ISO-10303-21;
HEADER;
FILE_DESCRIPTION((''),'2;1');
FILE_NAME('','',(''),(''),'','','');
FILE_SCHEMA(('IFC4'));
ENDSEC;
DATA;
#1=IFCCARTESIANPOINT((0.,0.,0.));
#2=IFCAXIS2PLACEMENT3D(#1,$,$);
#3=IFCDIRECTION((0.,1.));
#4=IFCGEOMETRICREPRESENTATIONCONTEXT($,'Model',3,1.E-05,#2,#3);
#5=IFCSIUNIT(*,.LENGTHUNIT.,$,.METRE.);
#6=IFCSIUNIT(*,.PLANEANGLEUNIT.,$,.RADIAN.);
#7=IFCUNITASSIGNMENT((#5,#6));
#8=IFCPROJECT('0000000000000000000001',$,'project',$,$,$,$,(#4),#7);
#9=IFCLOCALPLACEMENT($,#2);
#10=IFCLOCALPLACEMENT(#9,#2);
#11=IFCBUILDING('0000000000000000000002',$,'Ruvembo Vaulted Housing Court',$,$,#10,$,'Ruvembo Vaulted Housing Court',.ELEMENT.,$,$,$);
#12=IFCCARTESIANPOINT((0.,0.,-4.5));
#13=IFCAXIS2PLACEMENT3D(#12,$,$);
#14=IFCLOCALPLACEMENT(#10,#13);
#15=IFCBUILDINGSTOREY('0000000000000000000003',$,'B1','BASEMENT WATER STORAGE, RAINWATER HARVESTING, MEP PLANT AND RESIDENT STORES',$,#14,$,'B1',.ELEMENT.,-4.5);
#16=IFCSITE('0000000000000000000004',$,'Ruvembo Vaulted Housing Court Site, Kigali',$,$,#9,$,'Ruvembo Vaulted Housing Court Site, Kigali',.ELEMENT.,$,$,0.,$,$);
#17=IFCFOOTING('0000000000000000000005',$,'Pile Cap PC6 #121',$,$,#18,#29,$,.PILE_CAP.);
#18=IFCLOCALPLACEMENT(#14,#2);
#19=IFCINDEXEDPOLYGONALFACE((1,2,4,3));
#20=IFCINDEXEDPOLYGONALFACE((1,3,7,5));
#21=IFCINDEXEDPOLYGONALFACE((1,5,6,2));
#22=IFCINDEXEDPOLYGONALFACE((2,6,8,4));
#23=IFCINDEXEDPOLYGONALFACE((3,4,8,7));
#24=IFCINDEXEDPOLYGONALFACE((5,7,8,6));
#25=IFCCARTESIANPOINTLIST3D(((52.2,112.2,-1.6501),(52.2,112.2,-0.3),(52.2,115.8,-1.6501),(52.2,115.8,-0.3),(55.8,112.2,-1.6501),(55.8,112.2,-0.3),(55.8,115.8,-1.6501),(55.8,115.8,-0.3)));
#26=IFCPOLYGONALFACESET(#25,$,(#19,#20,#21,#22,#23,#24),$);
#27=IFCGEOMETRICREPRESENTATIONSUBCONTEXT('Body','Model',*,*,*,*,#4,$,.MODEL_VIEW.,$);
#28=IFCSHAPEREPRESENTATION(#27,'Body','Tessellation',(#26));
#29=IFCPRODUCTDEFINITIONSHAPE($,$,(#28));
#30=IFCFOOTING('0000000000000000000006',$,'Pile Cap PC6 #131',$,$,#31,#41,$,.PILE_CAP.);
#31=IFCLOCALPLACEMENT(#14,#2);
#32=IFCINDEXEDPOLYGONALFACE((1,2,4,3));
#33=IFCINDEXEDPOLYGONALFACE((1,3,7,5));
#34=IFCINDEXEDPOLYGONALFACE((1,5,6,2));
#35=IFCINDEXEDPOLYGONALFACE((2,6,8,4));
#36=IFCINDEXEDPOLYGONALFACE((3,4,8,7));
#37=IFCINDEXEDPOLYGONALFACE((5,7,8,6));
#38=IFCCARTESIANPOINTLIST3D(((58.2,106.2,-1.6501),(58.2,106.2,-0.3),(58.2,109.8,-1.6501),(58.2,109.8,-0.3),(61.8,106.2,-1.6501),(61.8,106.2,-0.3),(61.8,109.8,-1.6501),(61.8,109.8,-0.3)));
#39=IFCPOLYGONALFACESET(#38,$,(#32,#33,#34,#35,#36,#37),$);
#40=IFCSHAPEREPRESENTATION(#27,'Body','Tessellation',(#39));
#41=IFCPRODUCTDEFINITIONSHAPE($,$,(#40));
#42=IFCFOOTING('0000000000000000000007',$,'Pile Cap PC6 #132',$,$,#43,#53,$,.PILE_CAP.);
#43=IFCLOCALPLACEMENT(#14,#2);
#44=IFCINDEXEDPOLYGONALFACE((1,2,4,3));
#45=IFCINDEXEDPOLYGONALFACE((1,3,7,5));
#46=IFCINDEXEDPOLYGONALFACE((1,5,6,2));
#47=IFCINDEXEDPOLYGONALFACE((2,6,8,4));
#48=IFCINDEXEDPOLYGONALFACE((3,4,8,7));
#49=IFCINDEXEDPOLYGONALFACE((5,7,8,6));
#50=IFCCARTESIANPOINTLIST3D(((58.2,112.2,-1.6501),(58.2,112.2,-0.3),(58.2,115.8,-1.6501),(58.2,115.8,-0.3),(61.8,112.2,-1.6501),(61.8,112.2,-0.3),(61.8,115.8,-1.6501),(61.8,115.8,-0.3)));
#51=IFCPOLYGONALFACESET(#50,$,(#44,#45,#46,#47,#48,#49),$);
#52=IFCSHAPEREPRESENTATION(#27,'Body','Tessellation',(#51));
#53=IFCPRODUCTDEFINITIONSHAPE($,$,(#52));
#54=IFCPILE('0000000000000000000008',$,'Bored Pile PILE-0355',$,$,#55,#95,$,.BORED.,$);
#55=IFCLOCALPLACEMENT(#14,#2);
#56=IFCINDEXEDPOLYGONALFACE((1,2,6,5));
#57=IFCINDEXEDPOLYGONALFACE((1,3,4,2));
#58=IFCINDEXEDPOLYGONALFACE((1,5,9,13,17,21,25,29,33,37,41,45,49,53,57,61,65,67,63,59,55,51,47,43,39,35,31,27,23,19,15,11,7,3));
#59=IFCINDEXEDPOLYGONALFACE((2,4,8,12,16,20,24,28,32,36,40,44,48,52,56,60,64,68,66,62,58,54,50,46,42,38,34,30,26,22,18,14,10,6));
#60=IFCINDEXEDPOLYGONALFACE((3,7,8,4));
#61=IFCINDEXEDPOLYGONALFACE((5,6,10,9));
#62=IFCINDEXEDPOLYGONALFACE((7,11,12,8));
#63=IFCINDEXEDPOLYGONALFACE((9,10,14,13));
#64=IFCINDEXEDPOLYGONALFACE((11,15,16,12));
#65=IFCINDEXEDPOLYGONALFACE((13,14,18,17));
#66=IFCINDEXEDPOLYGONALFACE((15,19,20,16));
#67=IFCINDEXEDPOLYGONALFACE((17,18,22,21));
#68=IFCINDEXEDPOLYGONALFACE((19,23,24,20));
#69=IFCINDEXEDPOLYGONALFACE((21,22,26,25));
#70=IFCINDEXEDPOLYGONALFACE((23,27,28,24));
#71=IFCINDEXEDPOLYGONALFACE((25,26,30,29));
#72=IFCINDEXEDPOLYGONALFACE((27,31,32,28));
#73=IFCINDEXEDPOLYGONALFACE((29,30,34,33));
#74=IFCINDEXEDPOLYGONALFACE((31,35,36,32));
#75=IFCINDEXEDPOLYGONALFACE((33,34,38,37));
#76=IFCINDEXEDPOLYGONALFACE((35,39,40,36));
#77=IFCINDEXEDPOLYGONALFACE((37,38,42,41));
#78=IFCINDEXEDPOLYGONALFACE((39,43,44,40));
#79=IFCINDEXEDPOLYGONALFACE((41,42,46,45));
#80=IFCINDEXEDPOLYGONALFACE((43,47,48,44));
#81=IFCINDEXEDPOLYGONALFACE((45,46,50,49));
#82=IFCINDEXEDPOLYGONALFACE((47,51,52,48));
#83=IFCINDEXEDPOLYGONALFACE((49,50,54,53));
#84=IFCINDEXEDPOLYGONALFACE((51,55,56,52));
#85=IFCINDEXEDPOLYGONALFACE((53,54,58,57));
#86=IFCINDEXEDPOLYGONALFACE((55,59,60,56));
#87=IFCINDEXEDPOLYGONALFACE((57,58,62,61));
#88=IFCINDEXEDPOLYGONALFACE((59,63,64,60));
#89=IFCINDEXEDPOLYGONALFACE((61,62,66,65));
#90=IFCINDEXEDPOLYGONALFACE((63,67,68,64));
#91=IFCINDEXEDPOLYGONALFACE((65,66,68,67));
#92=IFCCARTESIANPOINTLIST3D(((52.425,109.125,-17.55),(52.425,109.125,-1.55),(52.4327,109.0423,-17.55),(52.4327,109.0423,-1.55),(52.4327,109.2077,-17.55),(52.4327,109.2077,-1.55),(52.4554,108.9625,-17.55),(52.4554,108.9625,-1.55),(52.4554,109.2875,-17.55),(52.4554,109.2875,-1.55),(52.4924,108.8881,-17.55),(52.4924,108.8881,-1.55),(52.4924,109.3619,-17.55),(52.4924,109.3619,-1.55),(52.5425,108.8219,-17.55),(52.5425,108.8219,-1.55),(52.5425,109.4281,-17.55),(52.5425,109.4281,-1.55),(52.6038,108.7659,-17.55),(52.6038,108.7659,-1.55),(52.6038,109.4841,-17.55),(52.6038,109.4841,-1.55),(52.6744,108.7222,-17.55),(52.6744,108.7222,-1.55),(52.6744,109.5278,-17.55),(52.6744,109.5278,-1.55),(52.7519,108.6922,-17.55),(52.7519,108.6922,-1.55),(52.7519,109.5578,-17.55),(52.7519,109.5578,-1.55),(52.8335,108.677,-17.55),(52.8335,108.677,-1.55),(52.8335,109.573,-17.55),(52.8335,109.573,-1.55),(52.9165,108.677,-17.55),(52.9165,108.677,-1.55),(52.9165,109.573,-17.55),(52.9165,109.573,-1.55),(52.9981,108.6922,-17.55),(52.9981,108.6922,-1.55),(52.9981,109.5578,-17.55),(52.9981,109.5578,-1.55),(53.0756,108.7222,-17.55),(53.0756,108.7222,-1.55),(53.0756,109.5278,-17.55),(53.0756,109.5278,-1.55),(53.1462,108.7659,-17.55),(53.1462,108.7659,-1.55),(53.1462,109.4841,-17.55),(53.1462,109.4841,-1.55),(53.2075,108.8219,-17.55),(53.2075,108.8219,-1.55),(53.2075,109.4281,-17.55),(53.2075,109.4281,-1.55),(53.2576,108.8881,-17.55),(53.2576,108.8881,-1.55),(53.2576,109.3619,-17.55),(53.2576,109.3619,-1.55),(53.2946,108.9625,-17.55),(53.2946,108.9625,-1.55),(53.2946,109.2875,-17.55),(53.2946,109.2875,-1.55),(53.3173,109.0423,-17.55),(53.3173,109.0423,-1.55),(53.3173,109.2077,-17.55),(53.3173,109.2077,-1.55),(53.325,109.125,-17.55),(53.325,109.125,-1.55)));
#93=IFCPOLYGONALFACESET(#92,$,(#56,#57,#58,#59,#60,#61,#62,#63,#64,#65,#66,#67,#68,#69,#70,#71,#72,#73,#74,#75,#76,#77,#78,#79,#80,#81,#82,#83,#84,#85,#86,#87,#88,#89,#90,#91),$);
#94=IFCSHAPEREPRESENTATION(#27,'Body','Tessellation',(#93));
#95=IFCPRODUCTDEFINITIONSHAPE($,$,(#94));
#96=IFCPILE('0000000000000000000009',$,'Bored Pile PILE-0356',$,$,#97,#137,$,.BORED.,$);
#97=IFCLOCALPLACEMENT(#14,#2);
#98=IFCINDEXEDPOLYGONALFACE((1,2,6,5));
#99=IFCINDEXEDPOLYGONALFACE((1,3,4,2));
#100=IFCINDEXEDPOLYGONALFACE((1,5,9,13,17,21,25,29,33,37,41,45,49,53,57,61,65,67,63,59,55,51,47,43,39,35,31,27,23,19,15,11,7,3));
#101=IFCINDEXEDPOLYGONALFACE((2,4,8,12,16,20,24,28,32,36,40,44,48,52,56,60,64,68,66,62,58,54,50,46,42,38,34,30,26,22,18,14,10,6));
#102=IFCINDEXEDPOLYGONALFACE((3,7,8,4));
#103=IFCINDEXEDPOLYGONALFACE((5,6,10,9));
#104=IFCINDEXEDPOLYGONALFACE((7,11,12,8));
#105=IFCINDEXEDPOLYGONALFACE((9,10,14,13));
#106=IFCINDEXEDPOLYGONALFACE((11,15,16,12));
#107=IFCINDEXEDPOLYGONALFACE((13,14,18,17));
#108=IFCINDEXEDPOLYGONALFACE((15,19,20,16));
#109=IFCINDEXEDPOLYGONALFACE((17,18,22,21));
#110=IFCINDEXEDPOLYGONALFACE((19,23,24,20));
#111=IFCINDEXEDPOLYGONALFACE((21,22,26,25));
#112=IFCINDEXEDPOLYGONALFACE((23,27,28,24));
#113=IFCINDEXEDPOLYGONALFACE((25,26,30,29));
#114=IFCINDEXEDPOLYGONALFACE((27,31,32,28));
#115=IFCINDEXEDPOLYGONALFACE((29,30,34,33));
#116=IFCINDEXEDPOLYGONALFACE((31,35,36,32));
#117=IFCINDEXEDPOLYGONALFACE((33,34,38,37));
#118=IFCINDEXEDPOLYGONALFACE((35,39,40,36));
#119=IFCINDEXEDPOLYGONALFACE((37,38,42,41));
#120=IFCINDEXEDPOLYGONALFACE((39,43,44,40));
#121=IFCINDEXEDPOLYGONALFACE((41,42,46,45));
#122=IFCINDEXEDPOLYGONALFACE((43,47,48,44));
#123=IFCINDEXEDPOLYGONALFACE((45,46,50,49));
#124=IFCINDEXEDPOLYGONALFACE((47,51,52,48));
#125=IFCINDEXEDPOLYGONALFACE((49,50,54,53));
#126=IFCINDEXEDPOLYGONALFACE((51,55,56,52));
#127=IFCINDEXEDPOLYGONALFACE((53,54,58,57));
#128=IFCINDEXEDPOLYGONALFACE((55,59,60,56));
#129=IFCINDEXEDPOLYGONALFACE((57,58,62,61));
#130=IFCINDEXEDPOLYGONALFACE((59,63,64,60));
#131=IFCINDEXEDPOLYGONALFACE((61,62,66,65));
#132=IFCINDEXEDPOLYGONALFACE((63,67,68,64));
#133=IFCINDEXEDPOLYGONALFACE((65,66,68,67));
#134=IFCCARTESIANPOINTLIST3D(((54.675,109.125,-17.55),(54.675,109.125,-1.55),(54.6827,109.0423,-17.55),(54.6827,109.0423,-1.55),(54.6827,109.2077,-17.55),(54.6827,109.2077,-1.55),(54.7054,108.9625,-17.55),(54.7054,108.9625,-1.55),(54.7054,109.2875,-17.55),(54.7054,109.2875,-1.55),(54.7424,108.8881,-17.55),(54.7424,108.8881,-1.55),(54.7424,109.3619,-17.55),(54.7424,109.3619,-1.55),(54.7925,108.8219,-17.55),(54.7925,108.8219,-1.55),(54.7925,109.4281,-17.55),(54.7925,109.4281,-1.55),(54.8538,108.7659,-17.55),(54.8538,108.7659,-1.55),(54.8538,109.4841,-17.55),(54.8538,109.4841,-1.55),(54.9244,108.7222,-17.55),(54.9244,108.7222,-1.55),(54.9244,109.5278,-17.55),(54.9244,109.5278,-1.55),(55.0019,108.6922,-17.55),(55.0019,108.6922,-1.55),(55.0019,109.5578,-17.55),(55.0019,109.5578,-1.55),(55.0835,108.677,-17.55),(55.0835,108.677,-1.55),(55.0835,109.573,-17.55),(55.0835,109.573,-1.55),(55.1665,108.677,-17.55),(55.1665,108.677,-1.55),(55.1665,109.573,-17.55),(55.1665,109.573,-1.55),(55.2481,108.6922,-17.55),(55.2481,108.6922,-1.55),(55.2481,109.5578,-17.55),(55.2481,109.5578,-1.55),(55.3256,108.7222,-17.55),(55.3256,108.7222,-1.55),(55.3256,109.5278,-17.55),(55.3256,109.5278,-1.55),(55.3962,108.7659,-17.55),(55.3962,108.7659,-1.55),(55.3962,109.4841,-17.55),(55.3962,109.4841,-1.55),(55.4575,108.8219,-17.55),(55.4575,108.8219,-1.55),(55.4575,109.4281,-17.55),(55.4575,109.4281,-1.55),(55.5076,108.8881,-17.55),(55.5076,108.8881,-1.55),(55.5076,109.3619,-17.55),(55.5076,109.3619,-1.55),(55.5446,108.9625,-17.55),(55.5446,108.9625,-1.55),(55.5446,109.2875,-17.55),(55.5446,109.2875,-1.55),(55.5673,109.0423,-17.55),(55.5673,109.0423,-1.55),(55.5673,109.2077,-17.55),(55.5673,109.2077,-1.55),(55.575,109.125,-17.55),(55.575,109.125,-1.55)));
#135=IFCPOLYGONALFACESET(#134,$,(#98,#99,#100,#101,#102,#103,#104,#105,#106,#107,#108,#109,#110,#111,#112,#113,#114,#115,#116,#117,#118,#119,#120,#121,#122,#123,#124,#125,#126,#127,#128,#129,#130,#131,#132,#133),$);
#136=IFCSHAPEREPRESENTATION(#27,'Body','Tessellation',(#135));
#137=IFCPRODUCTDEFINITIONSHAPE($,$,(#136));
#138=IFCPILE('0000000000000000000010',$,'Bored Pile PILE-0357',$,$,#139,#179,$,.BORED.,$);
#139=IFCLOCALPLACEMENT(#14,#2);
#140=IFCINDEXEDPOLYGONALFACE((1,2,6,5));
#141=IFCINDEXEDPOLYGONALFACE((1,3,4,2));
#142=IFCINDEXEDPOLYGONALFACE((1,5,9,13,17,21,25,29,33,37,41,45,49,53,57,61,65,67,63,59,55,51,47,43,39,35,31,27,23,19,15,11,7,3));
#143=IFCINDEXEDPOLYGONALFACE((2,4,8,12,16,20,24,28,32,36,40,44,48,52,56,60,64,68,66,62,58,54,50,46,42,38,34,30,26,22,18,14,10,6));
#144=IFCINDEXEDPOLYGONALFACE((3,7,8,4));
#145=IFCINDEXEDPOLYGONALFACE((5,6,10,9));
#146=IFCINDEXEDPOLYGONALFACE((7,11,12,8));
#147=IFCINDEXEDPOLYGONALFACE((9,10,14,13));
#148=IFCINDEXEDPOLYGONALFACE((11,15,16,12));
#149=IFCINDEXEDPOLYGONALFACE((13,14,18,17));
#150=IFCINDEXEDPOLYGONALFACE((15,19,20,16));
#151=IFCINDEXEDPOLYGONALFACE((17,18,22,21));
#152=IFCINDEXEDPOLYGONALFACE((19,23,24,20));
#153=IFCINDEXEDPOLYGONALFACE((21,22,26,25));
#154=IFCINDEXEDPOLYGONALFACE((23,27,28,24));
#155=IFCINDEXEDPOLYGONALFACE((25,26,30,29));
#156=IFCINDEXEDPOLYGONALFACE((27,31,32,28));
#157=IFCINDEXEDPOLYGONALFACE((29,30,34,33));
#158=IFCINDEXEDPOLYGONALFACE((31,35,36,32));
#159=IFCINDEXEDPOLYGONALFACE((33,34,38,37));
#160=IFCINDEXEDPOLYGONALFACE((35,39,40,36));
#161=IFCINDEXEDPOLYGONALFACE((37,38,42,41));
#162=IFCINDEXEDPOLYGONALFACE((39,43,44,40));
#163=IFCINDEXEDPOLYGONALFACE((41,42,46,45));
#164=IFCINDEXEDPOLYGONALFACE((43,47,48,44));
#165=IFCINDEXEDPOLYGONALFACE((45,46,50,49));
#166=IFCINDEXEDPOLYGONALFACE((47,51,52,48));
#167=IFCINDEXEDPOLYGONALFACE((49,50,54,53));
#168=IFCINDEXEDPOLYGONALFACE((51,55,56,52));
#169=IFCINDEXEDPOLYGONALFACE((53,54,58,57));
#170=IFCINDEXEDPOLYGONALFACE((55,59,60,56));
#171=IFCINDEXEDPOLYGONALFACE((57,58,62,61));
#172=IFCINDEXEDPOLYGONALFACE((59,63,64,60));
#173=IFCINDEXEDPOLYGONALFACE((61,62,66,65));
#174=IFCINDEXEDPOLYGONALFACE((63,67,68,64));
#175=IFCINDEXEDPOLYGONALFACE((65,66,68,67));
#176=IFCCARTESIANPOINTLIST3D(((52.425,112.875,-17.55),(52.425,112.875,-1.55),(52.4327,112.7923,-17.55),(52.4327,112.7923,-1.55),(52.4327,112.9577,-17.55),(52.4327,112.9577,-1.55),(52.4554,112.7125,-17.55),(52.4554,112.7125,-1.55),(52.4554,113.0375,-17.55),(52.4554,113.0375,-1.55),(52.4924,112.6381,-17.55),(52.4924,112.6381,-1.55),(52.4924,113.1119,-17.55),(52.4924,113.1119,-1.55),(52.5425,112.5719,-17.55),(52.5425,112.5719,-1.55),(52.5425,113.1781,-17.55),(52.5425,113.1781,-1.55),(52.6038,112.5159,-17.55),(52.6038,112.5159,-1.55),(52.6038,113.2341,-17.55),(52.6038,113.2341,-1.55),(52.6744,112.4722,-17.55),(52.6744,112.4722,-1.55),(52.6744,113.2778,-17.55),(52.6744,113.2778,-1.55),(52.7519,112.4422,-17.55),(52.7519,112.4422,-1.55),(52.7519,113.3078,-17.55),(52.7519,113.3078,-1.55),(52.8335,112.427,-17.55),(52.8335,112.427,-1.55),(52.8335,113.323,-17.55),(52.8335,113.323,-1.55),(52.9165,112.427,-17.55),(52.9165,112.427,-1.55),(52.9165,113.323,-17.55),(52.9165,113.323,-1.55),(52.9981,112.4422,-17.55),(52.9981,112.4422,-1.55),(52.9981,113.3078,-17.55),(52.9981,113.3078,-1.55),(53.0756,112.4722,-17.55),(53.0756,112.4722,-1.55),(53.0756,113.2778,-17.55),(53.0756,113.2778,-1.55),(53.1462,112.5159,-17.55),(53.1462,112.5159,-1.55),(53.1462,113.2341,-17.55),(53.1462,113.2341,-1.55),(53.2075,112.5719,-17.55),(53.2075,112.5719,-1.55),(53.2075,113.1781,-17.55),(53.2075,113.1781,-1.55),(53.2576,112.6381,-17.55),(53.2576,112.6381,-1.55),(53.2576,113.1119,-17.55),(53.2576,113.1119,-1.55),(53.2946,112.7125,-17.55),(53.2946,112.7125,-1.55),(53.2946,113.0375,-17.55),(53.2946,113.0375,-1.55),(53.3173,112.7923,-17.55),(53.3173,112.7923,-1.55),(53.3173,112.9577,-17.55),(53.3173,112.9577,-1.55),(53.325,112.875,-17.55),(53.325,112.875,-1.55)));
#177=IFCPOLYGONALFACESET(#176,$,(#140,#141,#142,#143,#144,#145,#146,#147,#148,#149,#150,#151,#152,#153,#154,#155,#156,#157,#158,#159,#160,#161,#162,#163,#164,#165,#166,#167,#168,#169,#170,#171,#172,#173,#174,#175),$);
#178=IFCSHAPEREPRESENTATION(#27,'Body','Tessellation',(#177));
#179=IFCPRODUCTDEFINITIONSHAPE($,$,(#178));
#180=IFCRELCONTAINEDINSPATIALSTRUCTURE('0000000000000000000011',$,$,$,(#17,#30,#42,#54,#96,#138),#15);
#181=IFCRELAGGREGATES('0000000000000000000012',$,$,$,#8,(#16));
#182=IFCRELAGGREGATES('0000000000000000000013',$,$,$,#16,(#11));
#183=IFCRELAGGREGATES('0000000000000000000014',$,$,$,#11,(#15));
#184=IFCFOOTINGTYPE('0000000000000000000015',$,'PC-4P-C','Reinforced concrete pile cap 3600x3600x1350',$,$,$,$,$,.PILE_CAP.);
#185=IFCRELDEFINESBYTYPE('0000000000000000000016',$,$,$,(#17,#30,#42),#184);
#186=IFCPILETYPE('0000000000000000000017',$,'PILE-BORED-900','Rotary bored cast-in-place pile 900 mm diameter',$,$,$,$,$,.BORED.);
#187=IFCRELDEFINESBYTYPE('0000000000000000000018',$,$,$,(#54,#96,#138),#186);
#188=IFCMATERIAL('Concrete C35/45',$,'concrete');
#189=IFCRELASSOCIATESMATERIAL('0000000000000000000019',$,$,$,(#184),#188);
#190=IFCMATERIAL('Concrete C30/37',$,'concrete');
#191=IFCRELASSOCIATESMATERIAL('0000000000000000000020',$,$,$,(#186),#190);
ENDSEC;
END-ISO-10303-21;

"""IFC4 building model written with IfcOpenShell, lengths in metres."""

from ifc_helpers import new_model, si_unit, direction, frame, origin, origin_2d, place, context, subcontext, project, spatial, rectangle, circle, extrude, material, material_profile, profile_set, type_object, element, save


model = new_model("IFC4")

# Units and contexts
model_context = context("Model", 3, precision=1e-05, world=origin(), true_north=direction((0.0, 1.0)))
body_context = subcontext(model_context, "Body", "Model", "MODEL_VIEW")
ifc_project = project(units=[si_unit("LENGTHUNIT", "METRE"), si_unit("PLANEANGLEUNIT", "RADIAN")], contexts=[model_context])

# Site, building, storey
site_placement = place(None, origin())
site = spatial("IfcSite", under=ifc_project, at=site_placement, Name="Ruvembo Vaulted Housing Court Site, Kigali", LongName="Ruvembo Vaulted Housing Court Site, Kigali", CompositionType="ELEMENT", RefElevation=0.0)
building_placement = place(site_placement, origin())
building = spatial("IfcBuilding", under=site, at=building_placement, Name="Ruvembo Vaulted Housing Court", LongName="Ruvembo Vaulted Housing Court", CompositionType="ELEMENT")
storey_placement = place(building_placement, frame((0.0, 0.0, -4.5)))
storey = spatial("IfcBuildingStorey", under=building, at=storey_placement, Name="B1", Description="BASEMENT WATER STORAGE, RAINWATER HARVESTING, MEP PLANT AND RESIDENT STORES", LongName="B1", CompositionType="ELEMENT", Elevation=-4.5)

# Footings
ifc_material_1 = material(Name="Concrete C35/45", Category="concrete")
footing_type = type_object("IfcFootingType", Name="PC-4P-C", Description="Reinforced concrete pile cap 3600x3600x1350", PredefinedType="PILE_CAP", material=ifc_material_1)
for number, where, z_axis, x_axis, name in (
    (1, (54.0, 114.0, -1.6501), (0.0, 0.0, 1.0), (1.0, 0.0, 0.0), "Pile Cap PC6 #121"),
    (2, (60.0, 108.0, -1.6501), (0.0, 0.0, 1.0), (1.0, 0.0, 0.0), "Pile Cap PC6 #131"),
    (3, (60.0, 114.0, -1.6501), (0.0, 0.0, 1.0), (1.0, 0.0, 0.0), "Pile Cap PC6 #132"),
):
    element("IfcFooting", number, at=place(storey_placement, frame(where, z_axis=z_axis, x_axis=x_axis)), inside=storey, type_object=footing_type, Name=name, PredefinedType="PILE_CAP", context=body_context, shape_type="SweptSolid", body=[
        extrude(rectangle(XDim=3.6001, YDim=3.6001, at=origin_2d()), origin(), (0.0, 0.0, 1.0), 1.3501),
    ])

# Piles
ifc_material_2 = material(Name="Concrete C30/37", Category="concrete")
ifc_material_profile_1 = material_profile(ifc_material_2, circle(Radius=0.45, at=origin_2d()), Name="PILE D900")
ifc_profile_set_1 = profile_set([ifc_material_profile_1], Name="Concrete C30/37")
pile_type = type_object("IfcPileType", Name="PILE-BORED-900", Description="Rotary bored cast-in-place pile 900 mm diameter", PredefinedType="BORED", material=ifc_profile_set_1)
for number, where, z_axis, x_axis, name in (
    (4, (52.875, 109.125, -1.55), (0.0, 0.0, -1.0), (1.0, 0.0, 0.0), "Bored Pile PILE-0355"),
    (5, (55.125, 109.125, -1.55), (0.0, 0.0, -1.0), (1.0, 0.0, 0.0), "Bored Pile PILE-0356"),
    (6, (52.875, 112.875, -1.55), (0.0, 0.0, -1.0), (1.0, 0.0, 0.0), "Bored Pile PILE-0357"),
):
    element("IfcPile", number, at=place(storey_placement, frame(where, z_axis=z_axis, x_axis=x_axis)), inside=storey, type_object=pile_type, Name=name, PredefinedType="BORED", context=body_context, shape_type="SweptSolid", body=[
        extrude(circle(Radius=0.45, at=origin_2d()), origin(), (0.0, 0.0, 1.0), 16.0),
    ])

save(model, "model.ifc")
